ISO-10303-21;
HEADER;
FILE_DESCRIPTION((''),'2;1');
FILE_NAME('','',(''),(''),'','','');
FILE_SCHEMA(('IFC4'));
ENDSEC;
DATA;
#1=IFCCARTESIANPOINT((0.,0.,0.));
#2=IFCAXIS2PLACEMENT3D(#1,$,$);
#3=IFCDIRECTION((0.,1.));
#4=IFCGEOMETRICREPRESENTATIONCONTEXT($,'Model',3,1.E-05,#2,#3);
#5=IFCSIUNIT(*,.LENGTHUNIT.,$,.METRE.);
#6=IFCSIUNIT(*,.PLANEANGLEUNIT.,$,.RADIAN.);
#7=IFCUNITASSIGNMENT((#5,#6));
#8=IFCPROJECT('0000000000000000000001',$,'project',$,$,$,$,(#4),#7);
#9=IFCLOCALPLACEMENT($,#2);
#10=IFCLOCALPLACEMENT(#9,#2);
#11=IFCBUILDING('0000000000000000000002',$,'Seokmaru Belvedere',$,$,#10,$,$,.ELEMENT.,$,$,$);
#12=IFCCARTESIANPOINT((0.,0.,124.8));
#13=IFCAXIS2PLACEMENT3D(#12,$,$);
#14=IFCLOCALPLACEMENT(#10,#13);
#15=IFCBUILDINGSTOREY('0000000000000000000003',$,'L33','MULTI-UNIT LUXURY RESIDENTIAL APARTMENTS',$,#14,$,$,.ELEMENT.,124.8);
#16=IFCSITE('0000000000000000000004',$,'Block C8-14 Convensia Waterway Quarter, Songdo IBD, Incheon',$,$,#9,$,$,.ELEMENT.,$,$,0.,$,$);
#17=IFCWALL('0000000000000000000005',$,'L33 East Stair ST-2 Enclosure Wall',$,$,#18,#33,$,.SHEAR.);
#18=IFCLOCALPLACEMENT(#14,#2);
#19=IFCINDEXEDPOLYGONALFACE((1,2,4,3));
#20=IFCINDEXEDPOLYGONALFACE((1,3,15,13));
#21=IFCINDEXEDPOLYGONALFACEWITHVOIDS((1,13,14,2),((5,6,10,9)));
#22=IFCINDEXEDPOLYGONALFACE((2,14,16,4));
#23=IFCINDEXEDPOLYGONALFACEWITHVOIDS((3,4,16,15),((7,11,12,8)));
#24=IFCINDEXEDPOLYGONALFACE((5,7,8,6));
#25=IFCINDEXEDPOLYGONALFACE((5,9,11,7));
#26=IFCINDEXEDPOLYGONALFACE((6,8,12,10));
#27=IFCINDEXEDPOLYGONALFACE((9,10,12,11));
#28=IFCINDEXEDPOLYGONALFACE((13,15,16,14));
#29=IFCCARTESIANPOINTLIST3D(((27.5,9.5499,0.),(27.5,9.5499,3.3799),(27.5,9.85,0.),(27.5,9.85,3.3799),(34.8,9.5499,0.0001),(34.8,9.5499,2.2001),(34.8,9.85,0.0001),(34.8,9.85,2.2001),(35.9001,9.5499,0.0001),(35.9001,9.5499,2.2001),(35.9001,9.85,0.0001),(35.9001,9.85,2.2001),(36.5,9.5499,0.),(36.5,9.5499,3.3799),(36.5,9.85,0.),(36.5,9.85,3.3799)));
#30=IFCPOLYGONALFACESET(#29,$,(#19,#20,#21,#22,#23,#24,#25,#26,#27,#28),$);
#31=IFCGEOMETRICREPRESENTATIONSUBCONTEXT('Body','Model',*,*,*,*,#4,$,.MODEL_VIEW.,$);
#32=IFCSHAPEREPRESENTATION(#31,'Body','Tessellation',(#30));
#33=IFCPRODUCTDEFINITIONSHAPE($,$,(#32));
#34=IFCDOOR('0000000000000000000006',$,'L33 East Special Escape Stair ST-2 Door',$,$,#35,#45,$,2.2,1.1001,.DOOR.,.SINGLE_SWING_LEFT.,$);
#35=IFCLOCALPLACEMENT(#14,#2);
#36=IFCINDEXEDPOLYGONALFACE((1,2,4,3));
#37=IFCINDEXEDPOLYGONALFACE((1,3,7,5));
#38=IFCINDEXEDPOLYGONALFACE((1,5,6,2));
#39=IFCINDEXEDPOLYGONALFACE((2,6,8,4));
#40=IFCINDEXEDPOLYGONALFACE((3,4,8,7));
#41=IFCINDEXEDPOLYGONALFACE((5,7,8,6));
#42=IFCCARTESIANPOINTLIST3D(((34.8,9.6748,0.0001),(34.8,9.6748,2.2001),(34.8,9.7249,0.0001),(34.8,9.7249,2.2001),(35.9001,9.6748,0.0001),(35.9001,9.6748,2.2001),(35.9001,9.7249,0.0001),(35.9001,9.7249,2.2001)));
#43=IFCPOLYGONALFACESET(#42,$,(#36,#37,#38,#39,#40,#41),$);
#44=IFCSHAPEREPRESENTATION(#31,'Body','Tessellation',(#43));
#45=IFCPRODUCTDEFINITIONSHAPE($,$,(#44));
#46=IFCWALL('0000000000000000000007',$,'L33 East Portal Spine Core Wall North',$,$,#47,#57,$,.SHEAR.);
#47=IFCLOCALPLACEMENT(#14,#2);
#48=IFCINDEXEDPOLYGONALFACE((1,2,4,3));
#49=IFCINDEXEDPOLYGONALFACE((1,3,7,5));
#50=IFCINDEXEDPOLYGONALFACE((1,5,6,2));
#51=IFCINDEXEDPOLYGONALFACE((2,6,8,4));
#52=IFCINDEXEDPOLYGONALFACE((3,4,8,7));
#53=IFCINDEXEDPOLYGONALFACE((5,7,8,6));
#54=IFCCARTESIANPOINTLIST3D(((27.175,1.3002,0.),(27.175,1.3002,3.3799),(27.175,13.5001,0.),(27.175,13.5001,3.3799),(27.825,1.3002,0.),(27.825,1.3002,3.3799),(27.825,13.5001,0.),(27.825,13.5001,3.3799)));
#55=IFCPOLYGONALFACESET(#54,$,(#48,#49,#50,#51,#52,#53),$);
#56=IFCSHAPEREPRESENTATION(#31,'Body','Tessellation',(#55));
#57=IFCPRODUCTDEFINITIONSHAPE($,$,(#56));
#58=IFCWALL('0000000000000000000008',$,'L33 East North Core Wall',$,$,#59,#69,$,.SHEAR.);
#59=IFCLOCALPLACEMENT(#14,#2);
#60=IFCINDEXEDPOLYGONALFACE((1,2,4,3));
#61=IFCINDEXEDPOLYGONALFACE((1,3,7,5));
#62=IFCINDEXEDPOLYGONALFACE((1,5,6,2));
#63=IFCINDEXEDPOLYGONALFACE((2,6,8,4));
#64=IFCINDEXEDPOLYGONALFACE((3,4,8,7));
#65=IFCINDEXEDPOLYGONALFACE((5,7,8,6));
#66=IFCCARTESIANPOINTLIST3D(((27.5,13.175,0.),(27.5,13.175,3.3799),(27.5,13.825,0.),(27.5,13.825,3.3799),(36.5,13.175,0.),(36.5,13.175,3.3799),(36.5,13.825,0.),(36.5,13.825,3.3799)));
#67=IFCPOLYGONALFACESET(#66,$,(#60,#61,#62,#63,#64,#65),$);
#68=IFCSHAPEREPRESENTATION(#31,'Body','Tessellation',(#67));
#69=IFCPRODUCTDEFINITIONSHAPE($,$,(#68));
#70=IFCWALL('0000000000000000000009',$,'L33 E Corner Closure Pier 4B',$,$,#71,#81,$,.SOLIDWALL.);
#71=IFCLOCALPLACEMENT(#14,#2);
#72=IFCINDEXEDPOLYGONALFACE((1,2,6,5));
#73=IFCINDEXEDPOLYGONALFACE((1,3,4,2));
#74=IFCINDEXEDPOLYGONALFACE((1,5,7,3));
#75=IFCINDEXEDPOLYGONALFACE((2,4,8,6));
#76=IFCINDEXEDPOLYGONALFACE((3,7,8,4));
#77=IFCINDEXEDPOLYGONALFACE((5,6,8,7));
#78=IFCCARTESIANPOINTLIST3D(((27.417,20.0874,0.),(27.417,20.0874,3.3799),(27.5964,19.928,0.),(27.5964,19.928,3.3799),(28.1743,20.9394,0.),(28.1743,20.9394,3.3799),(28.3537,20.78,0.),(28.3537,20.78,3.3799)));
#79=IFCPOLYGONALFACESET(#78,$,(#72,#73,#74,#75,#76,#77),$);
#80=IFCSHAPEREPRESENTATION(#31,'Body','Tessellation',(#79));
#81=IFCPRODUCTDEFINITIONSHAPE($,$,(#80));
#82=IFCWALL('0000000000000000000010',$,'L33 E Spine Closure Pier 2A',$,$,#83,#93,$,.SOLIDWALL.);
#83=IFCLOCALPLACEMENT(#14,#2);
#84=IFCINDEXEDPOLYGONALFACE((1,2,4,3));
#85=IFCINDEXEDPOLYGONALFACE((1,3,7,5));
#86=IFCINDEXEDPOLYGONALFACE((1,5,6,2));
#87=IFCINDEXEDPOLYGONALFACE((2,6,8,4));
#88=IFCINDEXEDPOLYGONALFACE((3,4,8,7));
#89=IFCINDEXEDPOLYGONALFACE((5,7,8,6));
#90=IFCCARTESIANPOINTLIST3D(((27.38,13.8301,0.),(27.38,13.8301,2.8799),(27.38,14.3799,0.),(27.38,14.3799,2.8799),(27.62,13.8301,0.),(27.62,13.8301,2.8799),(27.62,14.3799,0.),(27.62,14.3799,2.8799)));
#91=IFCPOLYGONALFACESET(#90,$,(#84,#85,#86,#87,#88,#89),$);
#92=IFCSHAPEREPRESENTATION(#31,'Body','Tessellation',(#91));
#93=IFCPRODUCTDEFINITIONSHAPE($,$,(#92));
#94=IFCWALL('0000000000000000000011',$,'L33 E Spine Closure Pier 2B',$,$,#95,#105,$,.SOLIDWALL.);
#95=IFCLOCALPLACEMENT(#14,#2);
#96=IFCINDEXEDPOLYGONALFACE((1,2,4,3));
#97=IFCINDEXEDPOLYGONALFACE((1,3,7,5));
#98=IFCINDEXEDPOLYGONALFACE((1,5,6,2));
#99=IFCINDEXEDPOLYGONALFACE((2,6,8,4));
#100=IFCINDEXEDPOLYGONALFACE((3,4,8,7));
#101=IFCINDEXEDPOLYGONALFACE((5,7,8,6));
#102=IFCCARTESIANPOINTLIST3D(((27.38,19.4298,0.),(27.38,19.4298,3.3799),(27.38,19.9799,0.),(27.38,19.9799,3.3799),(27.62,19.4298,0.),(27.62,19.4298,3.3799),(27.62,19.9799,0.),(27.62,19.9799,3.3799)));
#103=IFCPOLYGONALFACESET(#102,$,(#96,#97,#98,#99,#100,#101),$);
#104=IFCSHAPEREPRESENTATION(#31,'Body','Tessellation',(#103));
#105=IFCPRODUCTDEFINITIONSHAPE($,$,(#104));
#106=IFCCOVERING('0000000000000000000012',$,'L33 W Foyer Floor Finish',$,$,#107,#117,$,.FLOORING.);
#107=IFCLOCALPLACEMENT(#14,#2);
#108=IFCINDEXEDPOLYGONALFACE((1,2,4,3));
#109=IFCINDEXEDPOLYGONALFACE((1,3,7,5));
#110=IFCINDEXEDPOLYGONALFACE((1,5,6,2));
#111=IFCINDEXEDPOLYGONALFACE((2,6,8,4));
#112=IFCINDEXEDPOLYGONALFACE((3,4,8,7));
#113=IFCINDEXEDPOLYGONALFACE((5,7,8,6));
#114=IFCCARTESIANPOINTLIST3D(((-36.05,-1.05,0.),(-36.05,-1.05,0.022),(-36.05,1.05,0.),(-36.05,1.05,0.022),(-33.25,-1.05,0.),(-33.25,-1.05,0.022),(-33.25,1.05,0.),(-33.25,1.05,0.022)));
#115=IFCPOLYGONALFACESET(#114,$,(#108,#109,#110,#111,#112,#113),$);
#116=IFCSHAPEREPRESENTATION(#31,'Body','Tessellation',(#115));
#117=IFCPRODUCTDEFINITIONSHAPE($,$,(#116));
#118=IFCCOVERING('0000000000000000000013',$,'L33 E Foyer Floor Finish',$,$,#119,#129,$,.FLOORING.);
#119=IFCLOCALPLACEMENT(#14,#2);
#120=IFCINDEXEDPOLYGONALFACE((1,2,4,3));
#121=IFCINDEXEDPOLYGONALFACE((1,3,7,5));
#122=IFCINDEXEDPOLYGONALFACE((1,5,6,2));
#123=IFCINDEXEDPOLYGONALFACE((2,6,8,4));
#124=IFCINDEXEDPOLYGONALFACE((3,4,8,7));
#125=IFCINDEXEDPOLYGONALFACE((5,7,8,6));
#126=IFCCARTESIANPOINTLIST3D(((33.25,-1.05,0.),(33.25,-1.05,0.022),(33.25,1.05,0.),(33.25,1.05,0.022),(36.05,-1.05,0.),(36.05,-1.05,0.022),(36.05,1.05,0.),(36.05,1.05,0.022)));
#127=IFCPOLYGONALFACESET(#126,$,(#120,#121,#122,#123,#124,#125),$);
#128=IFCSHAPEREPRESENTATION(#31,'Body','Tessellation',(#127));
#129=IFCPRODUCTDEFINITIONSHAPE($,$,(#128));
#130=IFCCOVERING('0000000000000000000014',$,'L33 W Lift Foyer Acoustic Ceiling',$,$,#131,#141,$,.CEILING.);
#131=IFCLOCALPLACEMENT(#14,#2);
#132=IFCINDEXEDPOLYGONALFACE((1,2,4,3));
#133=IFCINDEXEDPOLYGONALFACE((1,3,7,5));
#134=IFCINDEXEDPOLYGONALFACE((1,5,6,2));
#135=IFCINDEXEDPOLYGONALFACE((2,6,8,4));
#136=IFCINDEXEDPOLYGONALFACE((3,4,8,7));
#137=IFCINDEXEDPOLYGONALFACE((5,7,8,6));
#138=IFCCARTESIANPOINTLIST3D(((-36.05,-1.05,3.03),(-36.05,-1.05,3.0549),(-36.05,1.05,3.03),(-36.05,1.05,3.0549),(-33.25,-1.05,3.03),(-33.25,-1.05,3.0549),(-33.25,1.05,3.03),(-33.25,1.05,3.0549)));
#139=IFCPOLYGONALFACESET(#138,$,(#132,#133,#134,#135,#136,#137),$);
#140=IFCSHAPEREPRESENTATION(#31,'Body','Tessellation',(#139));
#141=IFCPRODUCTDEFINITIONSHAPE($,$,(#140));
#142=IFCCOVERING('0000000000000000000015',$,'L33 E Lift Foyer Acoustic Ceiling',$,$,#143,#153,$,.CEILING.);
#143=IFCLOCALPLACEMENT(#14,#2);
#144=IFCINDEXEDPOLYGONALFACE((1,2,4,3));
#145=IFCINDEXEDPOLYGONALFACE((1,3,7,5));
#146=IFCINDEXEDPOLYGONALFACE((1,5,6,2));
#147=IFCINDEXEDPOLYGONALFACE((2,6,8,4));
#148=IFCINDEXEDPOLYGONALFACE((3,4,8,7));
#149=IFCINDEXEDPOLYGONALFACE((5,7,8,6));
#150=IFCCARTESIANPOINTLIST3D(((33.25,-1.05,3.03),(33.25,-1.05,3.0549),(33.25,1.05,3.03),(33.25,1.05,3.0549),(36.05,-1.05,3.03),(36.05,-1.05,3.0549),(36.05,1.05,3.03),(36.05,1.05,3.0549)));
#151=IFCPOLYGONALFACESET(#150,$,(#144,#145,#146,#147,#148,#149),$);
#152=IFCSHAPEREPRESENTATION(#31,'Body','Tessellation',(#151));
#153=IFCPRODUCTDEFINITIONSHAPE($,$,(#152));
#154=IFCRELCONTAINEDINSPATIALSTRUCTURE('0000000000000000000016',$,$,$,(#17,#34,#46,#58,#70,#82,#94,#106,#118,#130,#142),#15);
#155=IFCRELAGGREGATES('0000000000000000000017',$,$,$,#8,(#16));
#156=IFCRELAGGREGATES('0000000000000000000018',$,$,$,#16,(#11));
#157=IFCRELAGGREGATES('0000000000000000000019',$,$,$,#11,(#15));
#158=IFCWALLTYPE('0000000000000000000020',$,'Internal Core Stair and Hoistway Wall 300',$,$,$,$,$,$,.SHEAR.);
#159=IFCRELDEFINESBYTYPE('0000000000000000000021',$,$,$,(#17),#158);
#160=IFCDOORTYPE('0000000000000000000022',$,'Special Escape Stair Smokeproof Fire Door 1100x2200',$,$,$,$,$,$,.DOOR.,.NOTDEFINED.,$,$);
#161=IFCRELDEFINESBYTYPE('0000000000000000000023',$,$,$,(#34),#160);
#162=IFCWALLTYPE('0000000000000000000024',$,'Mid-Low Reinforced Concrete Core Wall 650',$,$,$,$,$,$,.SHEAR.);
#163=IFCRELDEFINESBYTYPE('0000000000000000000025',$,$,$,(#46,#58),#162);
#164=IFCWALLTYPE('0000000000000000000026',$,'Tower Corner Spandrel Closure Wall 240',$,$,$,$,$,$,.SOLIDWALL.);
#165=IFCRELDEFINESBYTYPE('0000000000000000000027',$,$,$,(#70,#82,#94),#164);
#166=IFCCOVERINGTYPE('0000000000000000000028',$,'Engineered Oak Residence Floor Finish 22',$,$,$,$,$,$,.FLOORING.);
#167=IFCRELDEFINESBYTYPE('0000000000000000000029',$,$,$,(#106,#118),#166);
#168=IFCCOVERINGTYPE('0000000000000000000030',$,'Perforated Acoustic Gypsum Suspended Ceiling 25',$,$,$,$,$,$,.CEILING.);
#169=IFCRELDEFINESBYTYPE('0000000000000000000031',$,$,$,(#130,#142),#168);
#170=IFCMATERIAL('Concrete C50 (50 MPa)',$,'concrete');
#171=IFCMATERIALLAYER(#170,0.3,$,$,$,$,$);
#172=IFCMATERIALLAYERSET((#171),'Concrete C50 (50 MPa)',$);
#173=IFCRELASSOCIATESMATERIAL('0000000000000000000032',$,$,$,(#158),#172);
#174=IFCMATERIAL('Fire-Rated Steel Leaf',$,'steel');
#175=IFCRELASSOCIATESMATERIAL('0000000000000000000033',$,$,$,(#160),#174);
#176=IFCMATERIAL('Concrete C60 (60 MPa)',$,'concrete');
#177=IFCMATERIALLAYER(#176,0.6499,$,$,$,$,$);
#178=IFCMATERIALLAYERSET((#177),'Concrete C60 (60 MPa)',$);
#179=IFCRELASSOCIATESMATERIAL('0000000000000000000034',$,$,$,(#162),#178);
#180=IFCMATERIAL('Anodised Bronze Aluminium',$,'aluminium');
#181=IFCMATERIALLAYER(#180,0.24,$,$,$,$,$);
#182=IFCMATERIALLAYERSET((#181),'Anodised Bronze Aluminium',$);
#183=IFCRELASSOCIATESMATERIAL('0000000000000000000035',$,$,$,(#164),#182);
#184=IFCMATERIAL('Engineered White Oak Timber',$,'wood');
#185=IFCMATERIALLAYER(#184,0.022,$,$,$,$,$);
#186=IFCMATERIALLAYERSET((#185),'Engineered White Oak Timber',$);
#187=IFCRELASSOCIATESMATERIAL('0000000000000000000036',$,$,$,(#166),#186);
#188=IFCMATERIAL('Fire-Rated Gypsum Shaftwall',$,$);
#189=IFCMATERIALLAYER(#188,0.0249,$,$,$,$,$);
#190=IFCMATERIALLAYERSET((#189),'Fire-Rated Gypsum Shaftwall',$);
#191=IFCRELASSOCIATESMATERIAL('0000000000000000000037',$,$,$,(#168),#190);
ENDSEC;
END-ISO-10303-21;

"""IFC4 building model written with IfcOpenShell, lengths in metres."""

from ifc_helpers import new_model, si_unit, direction, frame, frame_2d, origin, place, context, subcontext, project, spatial, polyline, rectangle, outline, extrude, source, transform, mapped, material, layer, layer_set, type_object, type_shapes, element, fill, save


model = new_model("IFC4")

# Units and contexts
model_context = context("Model", 3, precision=1e-05, world=origin(), true_north=direction((0.0, 1.0)))
body_context = subcontext(model_context, "Body", "Model", "MODEL_VIEW")
ifc_project = project(units=[si_unit("LENGTHUNIT", "METRE"), si_unit("PLANEANGLEUNIT", "RADIAN")], contexts=[model_context])

# Site, building, storey
site_placement = place(None, origin())
site = spatial("IfcSite", under=ifc_project, at=site_placement, Name="Block C8-14 Convensia Waterway Quarter, Songdo IBD, Incheon", CompositionType="ELEMENT", RefElevation=0.0)
building_placement = place(site_placement, origin())
building = spatial("IfcBuilding", under=site, at=building_placement, Name="Seokmaru Belvedere", CompositionType="ELEMENT")
storey_placement = place(building_placement, frame((0.0, 0.0, 124.8)))
storey = spatial("IfcBuildingStorey", under=building, at=storey_placement, Name="L33", Description="MULTI-UNIT LUXURY RESIDENTIAL APARTMENTS", CompositionType="ELEMENT", Elevation=124.8)

# Shared definitions
ifc_material_1 = material(Name="Anodised Bronze Aluminium", Category="aluminium")

# Shared definitions
ifc_material_2 = material(Name="Concrete C50 (50 MPa)", Category="concrete")

# Wall, opening, door
ifc_layer_1 = layer(ifc_material_2, 0.3)
ifc_layer_set_1 = layer_set([ifc_layer_1], Name="Concrete C50 (50 MPa)")
wall_type_1 = type_object("IfcWallType", Name="Internal Core Stair and Hoistway Wall 300", PredefinedType="SHEAR", material=ifc_layer_set_1)
wall_1_placement = place(storey_placement, frame((27.5, 9.7, 0.0), z_axis=(0.0, 0.0, 1.0), x_axis=(1.0, 0.0, 0.0)))
wall_1 = element("IfcWall", 1, at=wall_1_placement, inside=storey, type_object=wall_type_1, Name="L33 East Stair ST-2 Enclosure Wall", PredefinedType="SHEAR", context=body_context, shape_type="SweptSolid", body=[
    extrude(rectangle(XDim=9.0, YDim=0.3, at=frame_2d((4.5, 0.0))), origin(), (0.0, 0.0, 1.0), 3.3799),
])
opening_placement = place(wall_1_placement, frame((7.3, 0.0, 0.0)))
opening = element("IfcOpeningElement", 2, at=opening_placement, cuts=wall_1, PredefinedType="OPENING", context=body_context, shape_type="SweptSolid", body=[
    extrude(rectangle(XDim=1.1001, YDim=2.2, at=frame_2d((0.55, 1.1001))), frame((0.0, 0.1602, 0.0), z_axis=(0.0, -1.0, 0.0), x_axis=(1.0, 0.0, 0.0)), (0.0, 0.0, 1.0), 0.3201),
])
ifc_material_3 = material(Name="Fire-Rated Steel Leaf", Category="steel")
door_type = type_object("IfcDoorType", Name="Special Escape Stair Smokeproof Fire Door 1100x2200", OperationType="NOTDEFINED", PredefinedType="DOOR", material=ifc_material_3)
shared_shape_1 = source(origin(), body_context, "Body", "SweptSolid", [
    extrude(rectangle(XDim=1.1001, YDim=2.2, at=frame_2d((0.55, 1.1001))), frame((0.0, 0.0249, 0.0), z_axis=(0.0, -1.0, 0.0), x_axis=(1.0, 0.0, 0.0)), (0.0, 0.0, 1.0), 0.05),
])
type_shapes(door_type, [shared_shape_1])
door_placement = place(opening_placement, origin())
door = element("IfcDoor", 3, at=door_placement, inside=storey, type_object=door_type, Name="L33 East Special Escape Stair ST-2 Door", OperationType="SINGLE_SWING_LEFT", OverallHeight=2.2, OverallWidth=1.1001, PredefinedType="DOOR", context=body_context, shape_type="MappedRepresentation", body=[
    mapped(shared_shape_1, transform((0.0, 0.0, 0.0), scale=1.0)),
])
fill(opening, door)

# Walls
ifc_material_4 = material(Name="Concrete C60 (60 MPa)", Category="concrete")
ifc_layer_2 = layer(ifc_material_4, 0.6499)
ifc_layer_set_2 = layer_set([ifc_layer_2], Name="Concrete C60 (60 MPa)")
wall_type_2 = type_object("IfcWallType", Name="Mid-Low Reinforced Concrete Core Wall 650", PredefinedType="SHEAR", material=ifc_layer_set_2)
wall_2_placement = place(storey_placement, frame((27.5, 1.3, 0.0), z_axis=(0.0, 0.0, 1.0), x_axis=(0.0, 1.0, 0.0)))
element("IfcWall", 4, at=wall_2_placement, inside=storey, type_object=wall_type_2, Name="L33 East Portal Spine Core Wall North", PredefinedType="SHEAR", context=body_context, shape_type="SweptSolid", body=[
    extrude(rectangle(XDim=12.2, YDim=0.6499, at=frame_2d((6.1001, 0.0))), origin(), (0.0, 0.0, 1.0), 3.3799),
])
wall_3_placement = place(storey_placement, frame((27.5, 13.5, 0.0), z_axis=(0.0, 0.0, 1.0), x_axis=(1.0, 0.0, 0.0)))
element("IfcWall", 5, at=wall_3_placement, inside=storey, type_object=wall_type_2, Name="L33 East North Core Wall", PredefinedType="SHEAR", context=body_context, shape_type="SweptSolid", body=[
    extrude(rectangle(XDim=9.0, YDim=0.6499, at=frame_2d((4.5, 0.0))), origin(), (0.0, 0.0, 1.0), 3.3799),
])
ifc_layer_3 = layer(ifc_material_1, 0.24)
ifc_layer_set_3 = layer_set([ifc_layer_3], Name="Anodised Bronze Aluminium")
wall_type_3 = type_object("IfcWallType", Name="Tower Corner Spandrel Closure Wall 240", PredefinedType="SOLIDWALL", material=ifc_layer_set_3)
wall_4_placement = place(storey_placement, frame((28.2639, 20.8596, 0.0), z_axis=(0.0, 0.0, 1.0), x_axis=(-0.664337, -0.747433, 0.0)))
element("IfcWall", 6, at=wall_4_placement, inside=storey, type_object=wall_type_3, Name="L33 E Corner Closure Pier 4B", PredefinedType="SOLIDWALL", context=body_context, shape_type="SweptSolid", body=[
    extrude(rectangle(XDim=1.1399, YDim=0.24, at=frame_2d((0.5698, 0.0))), origin(), (0.0, 0.0, 1.0), 3.3799),
])
wall_5_placement = place(storey_placement, frame((27.5, 13.8301, 0.0), z_axis=(0.0, 0.0, 1.0), x_axis=(0.0, 1.0, 0.0)))
element("IfcWall", 7, at=wall_5_placement, inside=storey, type_object=wall_type_3, Name="L33 E Spine Closure Pier 2A", PredefinedType="SOLIDWALL", context=body_context, shape_type="SweptSolid", body=[
    extrude(rectangle(XDim=0.5498, YDim=0.24, at=frame_2d((0.2749, 0.0))), origin(), (0.0, 0.0, 1.0), 2.8799),
])
wall_6_placement = place(storey_placement, frame((27.5, 19.4299, 0.0), z_axis=(0.0, 0.0, 1.0), x_axis=(0.0, 1.0, 0.0)))
element("IfcWall", 8, at=wall_6_placement, inside=storey, type_object=wall_type_3, Name="L33 E Spine Closure Pier 2B", PredefinedType="SOLIDWALL", context=body_context, shape_type="SweptSolid", body=[
    extrude(rectangle(XDim=0.55, YDim=0.24, at=frame_2d((0.2749, 0.0))), origin(), (0.0, 0.0, 1.0), 3.3799),
])

# Coverings
ifc_material_5 = material(Name="Engineered White Oak Timber", Category="wood")
ifc_layer_4 = layer(ifc_material_5, 0.022)
ifc_layer_set_4 = layer_set([ifc_layer_4], Name="Engineered White Oak Timber")
covering_type_1 = type_object("IfcCoveringType", Name="Engineered Oak Residence Floor Finish 22", PredefinedType="FLOORING", material=ifc_layer_set_4)
covering_1_placement = place(storey_placement, origin())
element("IfcCovering", 9, at=covering_1_placement, inside=storey, type_object=covering_type_1, Name="L33 W Foyer Floor Finish", PredefinedType="FLOORING", context=body_context, shape_type="SweptSolid", body=[
    extrude(outline(polyline([(-36.05, -1.05), (-33.25, -1.05), (-33.25, 1.05), (-36.05, 1.05), (-36.05, -1.05)])), origin(), (0.0, 0.0, 1.0), 0.022),
])
covering_2_placement = place(storey_placement, origin())
element("IfcCovering", 10, at=covering_2_placement, inside=storey, type_object=covering_type_1, Name="L33 E Foyer Floor Finish", PredefinedType="FLOORING", context=body_context, shape_type="SweptSolid", body=[
    extrude(outline(polyline([(33.25, -1.05), (36.05, -1.05), (36.05, 1.05), (33.25, 1.05), (33.25, -1.05)])), origin(), (0.0, 0.0, 1.0), 0.022),
])
ifc_material_6 = material(Name="Fire-Rated Gypsum Shaftwall")
ifc_layer_5 = layer(ifc_material_6, 0.0249)
ifc_layer_set_5 = layer_set([ifc_layer_5], Name="Fire-Rated Gypsum Shaftwall")
covering_type_2 = type_object("IfcCoveringType", Name="Perforated Acoustic Gypsum Suspended Ceiling 25", PredefinedType="CEILING", material=ifc_layer_set_5)
covering_3_placement = place(storey_placement, frame((0.0, 0.0, 3.03)))
element("IfcCovering", 11, at=covering_3_placement, inside=storey, type_object=covering_type_2, Name="L33 W Lift Foyer Acoustic Ceiling", PredefinedType="CEILING", context=body_context, shape_type="SweptSolid", body=[
    extrude(outline(polyline([(-36.05, -1.05), (-33.25, -1.05), (-33.25, 1.05), (-36.05, 1.05), (-36.05, -1.05)])), origin(), (0.0, 0.0, 1.0), 0.0249),
])
covering_4_placement = place(storey_placement, frame((0.0, 0.0, 3.03)))
element("IfcCovering", 12, at=covering_4_placement, inside=storey, type_object=covering_type_2, Name="L33 E Lift Foyer Acoustic Ceiling", PredefinedType="CEILING", context=body_context, shape_type="SweptSolid", body=[
    extrude(outline(polyline([(33.25, -1.05), (36.05, -1.05), (36.05, 1.05), (33.25, 1.05), (33.25, -1.05)])), origin(), (0.0, 0.0, 1.0), 0.0249),
])

save(model, "model.ifc")
